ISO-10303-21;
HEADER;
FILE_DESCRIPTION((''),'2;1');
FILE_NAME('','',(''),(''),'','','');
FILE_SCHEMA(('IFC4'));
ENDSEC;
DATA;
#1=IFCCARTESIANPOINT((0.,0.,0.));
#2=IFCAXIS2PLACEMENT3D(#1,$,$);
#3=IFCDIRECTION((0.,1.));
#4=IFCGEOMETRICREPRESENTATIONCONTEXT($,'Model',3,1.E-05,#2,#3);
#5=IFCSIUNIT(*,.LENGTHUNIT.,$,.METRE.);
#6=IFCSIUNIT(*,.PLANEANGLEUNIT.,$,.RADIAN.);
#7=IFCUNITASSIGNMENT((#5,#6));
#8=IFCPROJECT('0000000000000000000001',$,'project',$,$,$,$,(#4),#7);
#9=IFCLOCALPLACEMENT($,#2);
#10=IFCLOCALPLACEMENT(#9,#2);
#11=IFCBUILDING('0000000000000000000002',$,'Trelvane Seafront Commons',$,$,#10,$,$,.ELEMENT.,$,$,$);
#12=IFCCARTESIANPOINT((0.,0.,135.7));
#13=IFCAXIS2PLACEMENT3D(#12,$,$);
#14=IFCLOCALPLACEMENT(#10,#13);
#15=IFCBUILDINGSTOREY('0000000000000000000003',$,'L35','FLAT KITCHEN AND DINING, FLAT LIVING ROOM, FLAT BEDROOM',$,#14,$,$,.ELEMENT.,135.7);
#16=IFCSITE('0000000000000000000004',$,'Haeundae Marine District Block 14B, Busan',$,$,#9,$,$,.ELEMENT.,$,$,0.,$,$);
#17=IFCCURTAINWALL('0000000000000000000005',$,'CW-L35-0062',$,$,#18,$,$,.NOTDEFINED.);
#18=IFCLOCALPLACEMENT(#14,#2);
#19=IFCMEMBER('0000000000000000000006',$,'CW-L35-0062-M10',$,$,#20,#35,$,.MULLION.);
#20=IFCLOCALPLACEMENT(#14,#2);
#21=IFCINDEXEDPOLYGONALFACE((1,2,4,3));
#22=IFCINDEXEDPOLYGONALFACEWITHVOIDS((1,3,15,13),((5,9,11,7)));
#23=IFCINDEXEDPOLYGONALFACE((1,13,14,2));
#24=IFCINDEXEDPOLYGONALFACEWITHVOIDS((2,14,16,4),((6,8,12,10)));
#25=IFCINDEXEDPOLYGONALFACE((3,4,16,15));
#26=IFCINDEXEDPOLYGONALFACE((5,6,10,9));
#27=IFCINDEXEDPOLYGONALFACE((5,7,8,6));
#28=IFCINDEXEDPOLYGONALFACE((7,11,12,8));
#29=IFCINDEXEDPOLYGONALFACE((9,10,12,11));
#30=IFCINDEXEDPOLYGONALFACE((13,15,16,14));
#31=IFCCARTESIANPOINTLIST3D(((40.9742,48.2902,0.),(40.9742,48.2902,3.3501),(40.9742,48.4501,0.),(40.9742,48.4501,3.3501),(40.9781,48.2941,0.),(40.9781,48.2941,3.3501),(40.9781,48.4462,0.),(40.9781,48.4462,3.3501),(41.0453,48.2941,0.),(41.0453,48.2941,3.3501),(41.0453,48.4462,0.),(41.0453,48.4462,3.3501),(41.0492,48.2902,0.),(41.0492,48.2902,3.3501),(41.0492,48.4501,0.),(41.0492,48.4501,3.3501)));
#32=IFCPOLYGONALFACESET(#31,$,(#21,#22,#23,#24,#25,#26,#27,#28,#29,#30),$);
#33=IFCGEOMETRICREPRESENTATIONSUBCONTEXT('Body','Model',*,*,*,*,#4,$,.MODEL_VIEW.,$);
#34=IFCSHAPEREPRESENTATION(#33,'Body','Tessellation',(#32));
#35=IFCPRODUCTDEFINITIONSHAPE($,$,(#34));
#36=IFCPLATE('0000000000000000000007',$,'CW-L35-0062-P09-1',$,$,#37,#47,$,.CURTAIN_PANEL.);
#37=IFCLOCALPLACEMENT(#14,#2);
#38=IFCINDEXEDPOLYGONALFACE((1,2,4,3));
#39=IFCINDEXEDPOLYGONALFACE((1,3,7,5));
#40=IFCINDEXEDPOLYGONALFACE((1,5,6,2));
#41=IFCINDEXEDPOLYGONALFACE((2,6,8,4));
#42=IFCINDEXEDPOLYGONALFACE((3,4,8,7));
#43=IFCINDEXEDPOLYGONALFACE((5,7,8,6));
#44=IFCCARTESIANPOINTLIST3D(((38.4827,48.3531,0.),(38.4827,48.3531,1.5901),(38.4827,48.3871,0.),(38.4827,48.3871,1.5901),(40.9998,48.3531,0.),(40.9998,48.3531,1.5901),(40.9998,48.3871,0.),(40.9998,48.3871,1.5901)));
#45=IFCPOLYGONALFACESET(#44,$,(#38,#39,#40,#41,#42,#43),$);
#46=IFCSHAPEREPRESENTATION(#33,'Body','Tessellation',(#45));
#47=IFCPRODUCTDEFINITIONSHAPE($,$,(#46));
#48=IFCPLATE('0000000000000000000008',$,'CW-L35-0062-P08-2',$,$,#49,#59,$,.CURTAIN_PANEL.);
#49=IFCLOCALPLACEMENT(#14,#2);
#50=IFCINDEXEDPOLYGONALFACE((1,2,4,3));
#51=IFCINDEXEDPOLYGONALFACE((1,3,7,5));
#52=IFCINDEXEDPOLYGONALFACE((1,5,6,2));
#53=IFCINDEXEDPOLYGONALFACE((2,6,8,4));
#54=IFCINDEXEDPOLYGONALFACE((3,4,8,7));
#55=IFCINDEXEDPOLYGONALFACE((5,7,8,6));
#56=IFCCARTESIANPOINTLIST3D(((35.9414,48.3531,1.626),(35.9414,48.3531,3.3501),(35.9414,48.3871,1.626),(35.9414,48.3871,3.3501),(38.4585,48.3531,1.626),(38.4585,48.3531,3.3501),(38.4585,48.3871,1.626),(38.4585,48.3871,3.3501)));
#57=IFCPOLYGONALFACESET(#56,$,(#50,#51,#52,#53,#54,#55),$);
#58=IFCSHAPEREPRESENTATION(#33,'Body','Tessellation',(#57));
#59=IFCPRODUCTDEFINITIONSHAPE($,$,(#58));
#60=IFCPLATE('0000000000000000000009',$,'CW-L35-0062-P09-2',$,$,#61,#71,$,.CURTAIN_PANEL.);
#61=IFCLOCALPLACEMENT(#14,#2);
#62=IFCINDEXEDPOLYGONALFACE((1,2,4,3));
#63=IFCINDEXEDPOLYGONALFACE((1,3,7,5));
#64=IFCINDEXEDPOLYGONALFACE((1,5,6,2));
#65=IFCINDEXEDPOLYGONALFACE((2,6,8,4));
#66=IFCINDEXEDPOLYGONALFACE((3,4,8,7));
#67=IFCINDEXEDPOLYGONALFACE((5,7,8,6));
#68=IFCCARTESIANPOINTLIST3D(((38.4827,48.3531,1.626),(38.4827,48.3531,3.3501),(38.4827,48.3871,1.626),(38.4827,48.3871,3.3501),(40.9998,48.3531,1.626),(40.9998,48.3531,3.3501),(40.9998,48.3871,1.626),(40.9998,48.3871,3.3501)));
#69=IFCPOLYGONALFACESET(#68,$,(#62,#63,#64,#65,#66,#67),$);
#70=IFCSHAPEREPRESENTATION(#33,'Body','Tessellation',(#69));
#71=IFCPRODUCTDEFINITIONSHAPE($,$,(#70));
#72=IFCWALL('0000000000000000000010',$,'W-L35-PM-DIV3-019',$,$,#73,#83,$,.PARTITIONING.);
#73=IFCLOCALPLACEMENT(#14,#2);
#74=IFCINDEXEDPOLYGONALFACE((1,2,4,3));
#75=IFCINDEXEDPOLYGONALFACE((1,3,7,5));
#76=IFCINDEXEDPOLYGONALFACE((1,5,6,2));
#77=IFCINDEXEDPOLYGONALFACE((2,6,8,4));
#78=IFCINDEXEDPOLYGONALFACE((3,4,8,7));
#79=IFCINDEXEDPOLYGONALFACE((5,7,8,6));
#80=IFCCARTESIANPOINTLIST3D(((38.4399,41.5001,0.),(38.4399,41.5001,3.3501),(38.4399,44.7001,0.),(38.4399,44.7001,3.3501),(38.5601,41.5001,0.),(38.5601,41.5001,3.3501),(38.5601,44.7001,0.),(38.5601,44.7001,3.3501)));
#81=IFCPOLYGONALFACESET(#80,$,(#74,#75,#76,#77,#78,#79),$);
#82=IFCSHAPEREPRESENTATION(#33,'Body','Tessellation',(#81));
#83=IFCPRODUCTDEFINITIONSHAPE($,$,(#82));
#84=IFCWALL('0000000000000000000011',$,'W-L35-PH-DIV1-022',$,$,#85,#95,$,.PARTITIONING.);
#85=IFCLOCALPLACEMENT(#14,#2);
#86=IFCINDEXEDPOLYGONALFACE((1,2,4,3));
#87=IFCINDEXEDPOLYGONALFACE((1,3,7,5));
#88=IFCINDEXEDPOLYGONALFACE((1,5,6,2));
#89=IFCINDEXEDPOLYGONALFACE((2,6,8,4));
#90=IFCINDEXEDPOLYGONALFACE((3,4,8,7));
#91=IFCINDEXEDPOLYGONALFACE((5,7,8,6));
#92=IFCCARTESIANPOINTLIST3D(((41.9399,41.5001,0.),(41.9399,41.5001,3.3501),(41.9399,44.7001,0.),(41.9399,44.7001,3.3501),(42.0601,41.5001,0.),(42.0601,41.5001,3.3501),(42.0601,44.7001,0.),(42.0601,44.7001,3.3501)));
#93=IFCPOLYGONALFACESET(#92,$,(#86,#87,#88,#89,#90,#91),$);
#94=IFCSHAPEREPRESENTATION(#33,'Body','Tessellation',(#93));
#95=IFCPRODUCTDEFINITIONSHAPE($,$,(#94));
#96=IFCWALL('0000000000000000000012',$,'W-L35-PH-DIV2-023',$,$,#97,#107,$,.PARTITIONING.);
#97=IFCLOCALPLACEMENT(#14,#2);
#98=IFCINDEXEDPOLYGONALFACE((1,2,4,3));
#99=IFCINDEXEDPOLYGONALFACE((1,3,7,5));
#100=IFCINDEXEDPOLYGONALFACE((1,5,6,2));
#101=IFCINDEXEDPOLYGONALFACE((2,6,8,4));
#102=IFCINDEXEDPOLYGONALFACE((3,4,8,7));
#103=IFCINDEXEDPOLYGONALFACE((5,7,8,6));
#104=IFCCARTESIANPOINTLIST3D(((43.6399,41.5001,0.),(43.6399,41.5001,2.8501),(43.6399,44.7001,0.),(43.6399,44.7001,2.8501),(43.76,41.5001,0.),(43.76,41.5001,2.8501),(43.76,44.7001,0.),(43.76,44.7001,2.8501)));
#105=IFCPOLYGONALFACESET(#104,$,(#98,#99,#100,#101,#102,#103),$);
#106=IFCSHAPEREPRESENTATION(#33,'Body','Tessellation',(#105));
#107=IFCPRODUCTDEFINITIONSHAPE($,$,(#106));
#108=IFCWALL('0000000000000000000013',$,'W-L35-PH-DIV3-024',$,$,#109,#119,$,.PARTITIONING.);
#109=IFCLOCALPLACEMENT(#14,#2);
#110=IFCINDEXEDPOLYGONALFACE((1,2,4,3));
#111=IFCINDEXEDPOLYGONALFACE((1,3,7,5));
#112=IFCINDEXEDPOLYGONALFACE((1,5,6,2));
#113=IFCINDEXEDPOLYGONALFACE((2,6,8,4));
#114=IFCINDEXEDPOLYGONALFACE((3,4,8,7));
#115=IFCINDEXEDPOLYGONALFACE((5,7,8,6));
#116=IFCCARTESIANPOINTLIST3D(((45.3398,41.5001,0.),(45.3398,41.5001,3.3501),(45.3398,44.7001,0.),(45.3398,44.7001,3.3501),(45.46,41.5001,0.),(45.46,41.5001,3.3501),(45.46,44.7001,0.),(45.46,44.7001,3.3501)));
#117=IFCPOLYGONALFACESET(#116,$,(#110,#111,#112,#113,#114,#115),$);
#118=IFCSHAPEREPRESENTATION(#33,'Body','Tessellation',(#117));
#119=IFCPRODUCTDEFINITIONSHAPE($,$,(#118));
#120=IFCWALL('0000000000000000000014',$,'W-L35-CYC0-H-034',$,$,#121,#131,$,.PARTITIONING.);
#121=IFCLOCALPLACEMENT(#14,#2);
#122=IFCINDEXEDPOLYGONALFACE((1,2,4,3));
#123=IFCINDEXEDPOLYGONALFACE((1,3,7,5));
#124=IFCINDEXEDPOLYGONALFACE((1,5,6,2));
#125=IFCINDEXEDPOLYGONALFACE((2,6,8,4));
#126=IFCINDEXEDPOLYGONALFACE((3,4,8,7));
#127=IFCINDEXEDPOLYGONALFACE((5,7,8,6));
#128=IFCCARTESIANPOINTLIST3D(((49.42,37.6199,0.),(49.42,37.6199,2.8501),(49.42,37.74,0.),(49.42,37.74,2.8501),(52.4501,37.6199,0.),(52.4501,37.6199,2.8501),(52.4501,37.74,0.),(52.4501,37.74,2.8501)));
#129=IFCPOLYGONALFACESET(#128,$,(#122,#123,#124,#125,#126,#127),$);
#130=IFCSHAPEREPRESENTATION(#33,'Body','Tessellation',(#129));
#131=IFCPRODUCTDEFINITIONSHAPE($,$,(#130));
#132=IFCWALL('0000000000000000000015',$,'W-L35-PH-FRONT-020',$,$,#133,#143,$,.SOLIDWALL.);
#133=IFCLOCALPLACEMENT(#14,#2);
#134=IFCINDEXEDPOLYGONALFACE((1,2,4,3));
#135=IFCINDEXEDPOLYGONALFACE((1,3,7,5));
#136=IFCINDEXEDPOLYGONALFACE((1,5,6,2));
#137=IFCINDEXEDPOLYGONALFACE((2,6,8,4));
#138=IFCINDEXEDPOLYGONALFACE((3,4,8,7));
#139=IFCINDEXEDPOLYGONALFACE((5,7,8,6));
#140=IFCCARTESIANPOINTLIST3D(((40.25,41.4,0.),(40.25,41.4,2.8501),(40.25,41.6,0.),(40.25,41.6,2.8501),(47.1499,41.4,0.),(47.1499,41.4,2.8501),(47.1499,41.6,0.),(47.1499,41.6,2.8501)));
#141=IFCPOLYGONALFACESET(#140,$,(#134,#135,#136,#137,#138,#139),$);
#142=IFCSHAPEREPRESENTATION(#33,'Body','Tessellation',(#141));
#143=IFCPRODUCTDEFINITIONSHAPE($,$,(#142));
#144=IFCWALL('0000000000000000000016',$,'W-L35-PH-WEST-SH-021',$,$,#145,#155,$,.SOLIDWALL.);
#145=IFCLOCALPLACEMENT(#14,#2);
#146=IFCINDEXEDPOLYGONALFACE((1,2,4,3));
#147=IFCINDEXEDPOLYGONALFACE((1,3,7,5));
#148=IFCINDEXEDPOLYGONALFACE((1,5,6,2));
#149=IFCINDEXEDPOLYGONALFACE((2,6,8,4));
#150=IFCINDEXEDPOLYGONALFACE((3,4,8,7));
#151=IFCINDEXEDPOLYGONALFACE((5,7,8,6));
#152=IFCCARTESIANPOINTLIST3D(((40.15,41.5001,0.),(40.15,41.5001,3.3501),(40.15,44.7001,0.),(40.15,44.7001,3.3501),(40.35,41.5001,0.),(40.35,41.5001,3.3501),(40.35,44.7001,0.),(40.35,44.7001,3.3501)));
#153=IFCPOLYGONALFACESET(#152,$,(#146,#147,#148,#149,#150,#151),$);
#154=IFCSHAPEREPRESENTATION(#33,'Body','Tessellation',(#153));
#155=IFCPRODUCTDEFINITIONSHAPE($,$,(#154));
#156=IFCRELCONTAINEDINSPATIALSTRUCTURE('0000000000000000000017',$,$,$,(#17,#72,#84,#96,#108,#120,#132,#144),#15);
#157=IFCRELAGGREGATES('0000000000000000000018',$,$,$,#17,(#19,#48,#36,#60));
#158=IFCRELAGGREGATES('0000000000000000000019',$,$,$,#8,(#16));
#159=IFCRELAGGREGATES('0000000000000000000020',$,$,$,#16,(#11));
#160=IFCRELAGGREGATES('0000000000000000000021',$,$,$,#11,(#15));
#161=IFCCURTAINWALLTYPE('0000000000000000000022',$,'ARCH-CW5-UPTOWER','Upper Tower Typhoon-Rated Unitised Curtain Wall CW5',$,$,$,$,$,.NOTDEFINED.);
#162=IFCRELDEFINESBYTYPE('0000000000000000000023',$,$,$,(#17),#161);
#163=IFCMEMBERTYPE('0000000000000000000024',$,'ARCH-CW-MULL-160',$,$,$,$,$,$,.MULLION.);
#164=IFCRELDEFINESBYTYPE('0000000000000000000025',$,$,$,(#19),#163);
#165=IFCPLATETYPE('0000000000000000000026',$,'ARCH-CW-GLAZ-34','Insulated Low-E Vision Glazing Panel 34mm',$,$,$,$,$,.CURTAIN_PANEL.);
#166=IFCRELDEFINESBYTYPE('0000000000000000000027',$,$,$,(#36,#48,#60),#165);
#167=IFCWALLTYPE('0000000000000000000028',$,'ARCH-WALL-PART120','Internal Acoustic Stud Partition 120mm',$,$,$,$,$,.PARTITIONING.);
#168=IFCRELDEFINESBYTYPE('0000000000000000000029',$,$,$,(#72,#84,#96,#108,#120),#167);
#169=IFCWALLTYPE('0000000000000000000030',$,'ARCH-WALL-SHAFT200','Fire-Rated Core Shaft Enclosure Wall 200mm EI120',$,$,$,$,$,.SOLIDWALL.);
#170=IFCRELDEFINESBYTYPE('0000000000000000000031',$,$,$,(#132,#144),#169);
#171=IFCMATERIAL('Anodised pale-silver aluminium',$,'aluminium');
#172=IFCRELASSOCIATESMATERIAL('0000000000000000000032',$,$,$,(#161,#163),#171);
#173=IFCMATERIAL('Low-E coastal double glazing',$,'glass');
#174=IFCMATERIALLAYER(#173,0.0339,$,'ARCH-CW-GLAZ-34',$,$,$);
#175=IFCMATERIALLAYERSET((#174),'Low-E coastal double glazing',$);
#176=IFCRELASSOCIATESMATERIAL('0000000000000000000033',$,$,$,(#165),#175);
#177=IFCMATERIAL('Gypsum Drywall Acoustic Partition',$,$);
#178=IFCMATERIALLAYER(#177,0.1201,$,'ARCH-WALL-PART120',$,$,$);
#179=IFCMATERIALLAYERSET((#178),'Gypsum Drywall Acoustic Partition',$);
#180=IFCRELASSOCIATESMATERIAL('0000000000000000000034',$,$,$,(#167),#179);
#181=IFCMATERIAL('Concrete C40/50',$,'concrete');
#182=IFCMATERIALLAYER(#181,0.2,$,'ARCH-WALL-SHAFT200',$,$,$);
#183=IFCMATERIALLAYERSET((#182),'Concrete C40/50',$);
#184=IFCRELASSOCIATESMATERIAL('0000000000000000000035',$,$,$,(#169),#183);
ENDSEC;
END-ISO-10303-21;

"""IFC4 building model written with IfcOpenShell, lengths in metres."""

from ifc_helpers import new_model, si_unit, direction, frame, frame_2d, origin, origin_2d, place, context, subcontext, project, spatial, rectangle, hollow_rectangle, extrude, source, transform, mapped, material, layer, layer_set, material_profile, profile_set, type_object, element, aggregate, save


model = new_model("IFC4")

# Units and contexts
model_context = context("Model", 3, precision=1e-05, world=origin(), true_north=direction((0.0, 1.0)))
body_context = subcontext(model_context, "Body", "Model", "MODEL_VIEW")
ifc_project = project(units=[si_unit("LENGTHUNIT", "METRE"), si_unit("PLANEANGLEUNIT", "RADIAN")], contexts=[model_context])

# Site, building, storey
site_placement = place(None, origin())
site = spatial("IfcSite", under=ifc_project, at=site_placement, Name="Haeundae Marine District Block 14B, Busan", CompositionType="ELEMENT", RefElevation=0.0)
building_placement = place(site_placement, origin())
building = spatial("IfcBuilding", under=site, at=building_placement, Name="Trelvane Seafront Commons", CompositionType="ELEMENT")
storey_placement = place(building_placement, frame((0.0, 0.0, 135.7)))
storey = spatial("IfcBuildingStorey", under=building, at=storey_placement, Name="L35", Description="FLAT KITCHEN AND DINING, FLAT LIVING ROOM, FLAT BEDROOM", CompositionType="ELEMENT", Elevation=135.7)

# Curtain wall, member, plates
ifc_material_1 = material(Name="Anodised pale-silver aluminium", Category="aluminium")
curtain_wall_type = type_object("IfcCurtainWallType", Name="ARCH-CW5-UPTOWER", Description="Upper Tower Typhoon-Rated Unitised Curtain Wall CW5", PredefinedType="NOTDEFINED", material=ifc_material_1)
curtain_wall_placement = place(storey_placement, origin())
curtain_wall = element("IfcCurtainWall", 1, at=curtain_wall_placement, inside=storey, type_object=curtain_wall_type, Name="CW-L35-0062", PredefinedType="NOTDEFINED")
ifc_material_profile_1 = material_profile(ifc_material_1, hollow_rectangle(XDim=0.075, YDim=0.1599, WallThickness=0.0039, at=origin_2d()), Name="MULL-75x160x4")
ifc_profile_set_1 = profile_set([ifc_material_profile_1], Name="Anodised pale-silver aluminium")
member_type_1 = type_object("IfcMemberType", Name="ARCH-CW-MULL-160", PredefinedType="MULLION", material=ifc_profile_set_1)
shared_shape_1 = source(origin(), body_context, "Body", "SweptSolid", [
    extrude(hollow_rectangle(XDim=0.075, YDim=0.1599, WallThickness=0.0039, at=origin_2d()), origin(), (0.0, 0.0, 1.0), 3.3501),
])
member_1_placement = place(storey_placement, frame((41.0117, 48.3701, 0.0), z_axis=(0.0, 0.0, 1.0), x_axis=(1.0, 0.0, 0.0)))
member_1 = element("IfcMember", 2, at=member_1_placement, type_object=member_type_1, Name="CW-L35-0062-M10", PredefinedType="MULLION", context=body_context, shape_type="MappedRepresentation", body=[
    mapped(shared_shape_1, transform((0.0, 0.0, 0.0), x_axis=(1.0, 0.0, 0.0), y_axis=(0.0, 1.0, 0.0), z_axis=(0.0, 0.0, 1.0), scale=1.0)),
])
ifc_material_2 = material(Name="Low-E coastal double glazing", Category="glass")
ifc_layer_1 = layer(ifc_material_2, 0.0339, Name="ARCH-CW-GLAZ-34")
ifc_layer_set_1 = layer_set([ifc_layer_1], Name="Low-E coastal double glazing")
plate_type = type_object("IfcPlateType", Name="ARCH-CW-GLAZ-34", Description="Insulated Low-E Vision Glazing Panel 34mm", PredefinedType="CURTAIN_PANEL", material=ifc_layer_set_1)
shared_shape_2 = source(origin(), body_context, "Body", "SweptSolid", [
    extrude(rectangle(XDim=2.5171, YDim=0.0339, at=origin_2d()), origin(), (0.0, 0.0, 1.0), 1.5901),
])
plate_1_placement = place(storey_placement, frame((39.7412, 48.3701, 0.0), z_axis=(0.0, 0.0, 1.0), x_axis=(1.0, 0.0, 0.0)))
plate_1 = element("IfcPlate", 3, at=plate_1_placement, type_object=plate_type, Name="CW-L35-0062-P09-1", PredefinedType="CURTAIN_PANEL", context=body_context, shape_type="MappedRepresentation", body=[
    mapped(shared_shape_2, transform((0.0, 0.0, 0.0), x_axis=(1.0, 0.0, 0.0), y_axis=(0.0, 1.0, 0.0), z_axis=(0.0, 0.0, 1.0), scale=1.0)),
])
shared_shape_3 = source(origin(), body_context, "Body", "SweptSolid", [
    extrude(rectangle(XDim=2.5171, YDim=0.0339, at=origin_2d()), origin(), (0.0, 0.0, 1.0), 1.7241),
])
plate_2_placement = place(storey_placement, frame((37.2, 48.3701, 1.626), z_axis=(0.0, 0.0, 1.0), x_axis=(1.0, 0.0, 0.0)))
plate_2 = element("IfcPlate", 4, at=plate_2_placement, type_object=plate_type, Name="CW-L35-0062-P08-2", PredefinedType="CURTAIN_PANEL", context=body_context, shape_type="MappedRepresentation", body=[
    mapped(shared_shape_3, transform((0.0, 0.0, 0.0), x_axis=(1.0, 0.0, 0.0), y_axis=(0.0, 1.0, 0.0), z_axis=(0.0, 0.0, 1.0), scale=1.0)),
])
plate_3_placement = place(storey_placement, frame((39.7412, 48.3701, 1.626), z_axis=(0.0, 0.0, 1.0), x_axis=(1.0, 0.0, 0.0)))
plate_3 = element("IfcPlate", 5, at=plate_3_placement, type_object=plate_type, Name="CW-L35-0062-P09-2", PredefinedType="CURTAIN_PANEL", context=body_context, shape_type="MappedRepresentation", body=[
    mapped(shared_shape_3, transform((0.0, 0.0, 0.0), x_axis=(1.0, 0.0, 0.0), y_axis=(0.0, 1.0, 0.0), z_axis=(0.0, 0.0, 1.0), scale=1.0)),
])
aggregate(curtain_wall, [member_1, plate_2, plate_1, plate_3])

# Walls
ifc_material_3 = material(Name="Gypsum Drywall Acoustic Partition")
ifc_layer_2 = layer(ifc_material_3, 0.1201, Name="ARCH-WALL-PART120")
ifc_layer_set_2 = layer_set([ifc_layer_2], Name="Gypsum Drywall Acoustic Partition")
wall_type_1 = type_object("IfcWallType", Name="ARCH-WALL-PART120", Description="Internal Acoustic Stud Partition 120mm", PredefinedType="PARTITIONING", material=ifc_layer_set_2)
for number, where, z_axis, x_axis, name in (
    (6, (38.5, 41.5, 0.0), (0.0, 0.0, 1.0), (0.0, 1.0, 0.0), "W-L35-PM-DIV3-019"),
    (7, (42.0, 41.5, 0.0), (0.0, 0.0, 1.0), (0.0, 1.0, 0.0), "W-L35-PH-DIV1-022"),
):
    element("IfcWall", number, at=place(storey_placement, frame(where, z_axis=z_axis, x_axis=x_axis)), inside=storey, type_object=wall_type_1, Name=name, PredefinedType="PARTITIONING", context=body_context, shape_type="SweptSolid", body=[
        extrude(rectangle(XDim=3.2, YDim=0.1201, at=frame_2d((1.6001, 0.0))), origin(), (0.0, 0.0, 1.0), 3.3501),
    ])
wall_1_placement = place(storey_placement, frame((43.7, 41.5, 0.0), z_axis=(0.0, 0.0, 1.0), x_axis=(0.0, 1.0, 0.0)))
element("IfcWall", 8, at=wall_1_placement, inside=storey, type_object=wall_type_1, Name="W-L35-PH-DIV2-023", PredefinedType="PARTITIONING", context=body_context, shape_type="SweptSolid", body=[
    extrude(rectangle(XDim=3.2, YDim=0.1201, at=frame_2d((1.6001, 0.0))), origin(), (0.0, 0.0, 1.0), 2.8501),
])
wall_2_placement = place(storey_placement, frame((45.3999, 41.5, 0.0), z_axis=(0.0, 0.0, 1.0), x_axis=(0.0, 1.0, 0.0)))
element("IfcWall", 9, at=wall_2_placement, inside=storey, type_object=wall_type_1, Name="W-L35-PH-DIV3-024", PredefinedType="PARTITIONING", context=body_context, shape_type="SweptSolid", body=[
    extrude(rectangle(XDim=3.2, YDim=0.1201, at=frame_2d((1.6001, 0.0))), origin(), (0.0, 0.0, 1.0), 3.3501),
])
wall_3_placement = place(storey_placement, frame((49.4199, 37.6799, 0.0), z_axis=(0.0, 0.0, 1.0), x_axis=(1.0, 0.0, 0.0)))
element("IfcWall", 10, at=wall_3_placement, inside=storey, type_object=wall_type_1, Name="W-L35-CYC0-H-034", PredefinedType="PARTITIONING", context=body_context, shape_type="SweptSolid", body=[
    extrude(rectangle(XDim=3.03, YDim=0.1201, at=frame_2d((1.5151, 0.0))), origin(), (0.0, 0.0, 1.0), 2.8501),
])

# Walls
ifc_material_4 = material(Name="Concrete C40/50", Category="concrete")
ifc_layer_3 = layer(ifc_material_4, 0.2, Name="ARCH-WALL-SHAFT200")
ifc_layer_set_3 = layer_set([ifc_layer_3], Name="Concrete C40/50")
wall_type_2 = type_object("IfcWallType", Name="ARCH-WALL-SHAFT200", Description="Fire-Rated Core Shaft Enclosure Wall 200mm EI120", PredefinedType="SOLIDWALL", material=ifc_layer_set_3)
wall_4_placement = place(storey_placement, frame((40.25, 41.5, 0.0), z_axis=(0.0, 0.0, 1.0), x_axis=(1.0, 0.0, 0.0)))
element("IfcWall", 11, at=wall_4_placement, inside=storey, type_object=wall_type_2, Name="W-L35-PH-FRONT-020", PredefinedType="SOLIDWALL", context=body_context, shape_type="SweptSolid", body=[
    extrude(rectangle(XDim=6.8999, YDim=0.2, at=frame_2d((3.45, 0.0))), origin(), (0.0, 0.0, 1.0), 2.8501),
])
wall_5_placement = place(storey_placement, frame((40.25, 41.5, 0.0), z_axis=(0.0, 0.0, 1.0), x_axis=(0.0, 1.0, 0.0)))
element("IfcWall", 12, at=wall_5_placement, inside=storey, type_object=wall_type_2, Name="W-L35-PH-WEST-SH-021", PredefinedType="SOLIDWALL", context=body_context, shape_type="SweptSolid", body=[
    extrude(rectangle(XDim=3.2, YDim=0.2, at=frame_2d((1.6001, 0.0))), origin(), (0.0, 0.0, 1.0), 3.3501),
])

save(model, "model.ifc")
